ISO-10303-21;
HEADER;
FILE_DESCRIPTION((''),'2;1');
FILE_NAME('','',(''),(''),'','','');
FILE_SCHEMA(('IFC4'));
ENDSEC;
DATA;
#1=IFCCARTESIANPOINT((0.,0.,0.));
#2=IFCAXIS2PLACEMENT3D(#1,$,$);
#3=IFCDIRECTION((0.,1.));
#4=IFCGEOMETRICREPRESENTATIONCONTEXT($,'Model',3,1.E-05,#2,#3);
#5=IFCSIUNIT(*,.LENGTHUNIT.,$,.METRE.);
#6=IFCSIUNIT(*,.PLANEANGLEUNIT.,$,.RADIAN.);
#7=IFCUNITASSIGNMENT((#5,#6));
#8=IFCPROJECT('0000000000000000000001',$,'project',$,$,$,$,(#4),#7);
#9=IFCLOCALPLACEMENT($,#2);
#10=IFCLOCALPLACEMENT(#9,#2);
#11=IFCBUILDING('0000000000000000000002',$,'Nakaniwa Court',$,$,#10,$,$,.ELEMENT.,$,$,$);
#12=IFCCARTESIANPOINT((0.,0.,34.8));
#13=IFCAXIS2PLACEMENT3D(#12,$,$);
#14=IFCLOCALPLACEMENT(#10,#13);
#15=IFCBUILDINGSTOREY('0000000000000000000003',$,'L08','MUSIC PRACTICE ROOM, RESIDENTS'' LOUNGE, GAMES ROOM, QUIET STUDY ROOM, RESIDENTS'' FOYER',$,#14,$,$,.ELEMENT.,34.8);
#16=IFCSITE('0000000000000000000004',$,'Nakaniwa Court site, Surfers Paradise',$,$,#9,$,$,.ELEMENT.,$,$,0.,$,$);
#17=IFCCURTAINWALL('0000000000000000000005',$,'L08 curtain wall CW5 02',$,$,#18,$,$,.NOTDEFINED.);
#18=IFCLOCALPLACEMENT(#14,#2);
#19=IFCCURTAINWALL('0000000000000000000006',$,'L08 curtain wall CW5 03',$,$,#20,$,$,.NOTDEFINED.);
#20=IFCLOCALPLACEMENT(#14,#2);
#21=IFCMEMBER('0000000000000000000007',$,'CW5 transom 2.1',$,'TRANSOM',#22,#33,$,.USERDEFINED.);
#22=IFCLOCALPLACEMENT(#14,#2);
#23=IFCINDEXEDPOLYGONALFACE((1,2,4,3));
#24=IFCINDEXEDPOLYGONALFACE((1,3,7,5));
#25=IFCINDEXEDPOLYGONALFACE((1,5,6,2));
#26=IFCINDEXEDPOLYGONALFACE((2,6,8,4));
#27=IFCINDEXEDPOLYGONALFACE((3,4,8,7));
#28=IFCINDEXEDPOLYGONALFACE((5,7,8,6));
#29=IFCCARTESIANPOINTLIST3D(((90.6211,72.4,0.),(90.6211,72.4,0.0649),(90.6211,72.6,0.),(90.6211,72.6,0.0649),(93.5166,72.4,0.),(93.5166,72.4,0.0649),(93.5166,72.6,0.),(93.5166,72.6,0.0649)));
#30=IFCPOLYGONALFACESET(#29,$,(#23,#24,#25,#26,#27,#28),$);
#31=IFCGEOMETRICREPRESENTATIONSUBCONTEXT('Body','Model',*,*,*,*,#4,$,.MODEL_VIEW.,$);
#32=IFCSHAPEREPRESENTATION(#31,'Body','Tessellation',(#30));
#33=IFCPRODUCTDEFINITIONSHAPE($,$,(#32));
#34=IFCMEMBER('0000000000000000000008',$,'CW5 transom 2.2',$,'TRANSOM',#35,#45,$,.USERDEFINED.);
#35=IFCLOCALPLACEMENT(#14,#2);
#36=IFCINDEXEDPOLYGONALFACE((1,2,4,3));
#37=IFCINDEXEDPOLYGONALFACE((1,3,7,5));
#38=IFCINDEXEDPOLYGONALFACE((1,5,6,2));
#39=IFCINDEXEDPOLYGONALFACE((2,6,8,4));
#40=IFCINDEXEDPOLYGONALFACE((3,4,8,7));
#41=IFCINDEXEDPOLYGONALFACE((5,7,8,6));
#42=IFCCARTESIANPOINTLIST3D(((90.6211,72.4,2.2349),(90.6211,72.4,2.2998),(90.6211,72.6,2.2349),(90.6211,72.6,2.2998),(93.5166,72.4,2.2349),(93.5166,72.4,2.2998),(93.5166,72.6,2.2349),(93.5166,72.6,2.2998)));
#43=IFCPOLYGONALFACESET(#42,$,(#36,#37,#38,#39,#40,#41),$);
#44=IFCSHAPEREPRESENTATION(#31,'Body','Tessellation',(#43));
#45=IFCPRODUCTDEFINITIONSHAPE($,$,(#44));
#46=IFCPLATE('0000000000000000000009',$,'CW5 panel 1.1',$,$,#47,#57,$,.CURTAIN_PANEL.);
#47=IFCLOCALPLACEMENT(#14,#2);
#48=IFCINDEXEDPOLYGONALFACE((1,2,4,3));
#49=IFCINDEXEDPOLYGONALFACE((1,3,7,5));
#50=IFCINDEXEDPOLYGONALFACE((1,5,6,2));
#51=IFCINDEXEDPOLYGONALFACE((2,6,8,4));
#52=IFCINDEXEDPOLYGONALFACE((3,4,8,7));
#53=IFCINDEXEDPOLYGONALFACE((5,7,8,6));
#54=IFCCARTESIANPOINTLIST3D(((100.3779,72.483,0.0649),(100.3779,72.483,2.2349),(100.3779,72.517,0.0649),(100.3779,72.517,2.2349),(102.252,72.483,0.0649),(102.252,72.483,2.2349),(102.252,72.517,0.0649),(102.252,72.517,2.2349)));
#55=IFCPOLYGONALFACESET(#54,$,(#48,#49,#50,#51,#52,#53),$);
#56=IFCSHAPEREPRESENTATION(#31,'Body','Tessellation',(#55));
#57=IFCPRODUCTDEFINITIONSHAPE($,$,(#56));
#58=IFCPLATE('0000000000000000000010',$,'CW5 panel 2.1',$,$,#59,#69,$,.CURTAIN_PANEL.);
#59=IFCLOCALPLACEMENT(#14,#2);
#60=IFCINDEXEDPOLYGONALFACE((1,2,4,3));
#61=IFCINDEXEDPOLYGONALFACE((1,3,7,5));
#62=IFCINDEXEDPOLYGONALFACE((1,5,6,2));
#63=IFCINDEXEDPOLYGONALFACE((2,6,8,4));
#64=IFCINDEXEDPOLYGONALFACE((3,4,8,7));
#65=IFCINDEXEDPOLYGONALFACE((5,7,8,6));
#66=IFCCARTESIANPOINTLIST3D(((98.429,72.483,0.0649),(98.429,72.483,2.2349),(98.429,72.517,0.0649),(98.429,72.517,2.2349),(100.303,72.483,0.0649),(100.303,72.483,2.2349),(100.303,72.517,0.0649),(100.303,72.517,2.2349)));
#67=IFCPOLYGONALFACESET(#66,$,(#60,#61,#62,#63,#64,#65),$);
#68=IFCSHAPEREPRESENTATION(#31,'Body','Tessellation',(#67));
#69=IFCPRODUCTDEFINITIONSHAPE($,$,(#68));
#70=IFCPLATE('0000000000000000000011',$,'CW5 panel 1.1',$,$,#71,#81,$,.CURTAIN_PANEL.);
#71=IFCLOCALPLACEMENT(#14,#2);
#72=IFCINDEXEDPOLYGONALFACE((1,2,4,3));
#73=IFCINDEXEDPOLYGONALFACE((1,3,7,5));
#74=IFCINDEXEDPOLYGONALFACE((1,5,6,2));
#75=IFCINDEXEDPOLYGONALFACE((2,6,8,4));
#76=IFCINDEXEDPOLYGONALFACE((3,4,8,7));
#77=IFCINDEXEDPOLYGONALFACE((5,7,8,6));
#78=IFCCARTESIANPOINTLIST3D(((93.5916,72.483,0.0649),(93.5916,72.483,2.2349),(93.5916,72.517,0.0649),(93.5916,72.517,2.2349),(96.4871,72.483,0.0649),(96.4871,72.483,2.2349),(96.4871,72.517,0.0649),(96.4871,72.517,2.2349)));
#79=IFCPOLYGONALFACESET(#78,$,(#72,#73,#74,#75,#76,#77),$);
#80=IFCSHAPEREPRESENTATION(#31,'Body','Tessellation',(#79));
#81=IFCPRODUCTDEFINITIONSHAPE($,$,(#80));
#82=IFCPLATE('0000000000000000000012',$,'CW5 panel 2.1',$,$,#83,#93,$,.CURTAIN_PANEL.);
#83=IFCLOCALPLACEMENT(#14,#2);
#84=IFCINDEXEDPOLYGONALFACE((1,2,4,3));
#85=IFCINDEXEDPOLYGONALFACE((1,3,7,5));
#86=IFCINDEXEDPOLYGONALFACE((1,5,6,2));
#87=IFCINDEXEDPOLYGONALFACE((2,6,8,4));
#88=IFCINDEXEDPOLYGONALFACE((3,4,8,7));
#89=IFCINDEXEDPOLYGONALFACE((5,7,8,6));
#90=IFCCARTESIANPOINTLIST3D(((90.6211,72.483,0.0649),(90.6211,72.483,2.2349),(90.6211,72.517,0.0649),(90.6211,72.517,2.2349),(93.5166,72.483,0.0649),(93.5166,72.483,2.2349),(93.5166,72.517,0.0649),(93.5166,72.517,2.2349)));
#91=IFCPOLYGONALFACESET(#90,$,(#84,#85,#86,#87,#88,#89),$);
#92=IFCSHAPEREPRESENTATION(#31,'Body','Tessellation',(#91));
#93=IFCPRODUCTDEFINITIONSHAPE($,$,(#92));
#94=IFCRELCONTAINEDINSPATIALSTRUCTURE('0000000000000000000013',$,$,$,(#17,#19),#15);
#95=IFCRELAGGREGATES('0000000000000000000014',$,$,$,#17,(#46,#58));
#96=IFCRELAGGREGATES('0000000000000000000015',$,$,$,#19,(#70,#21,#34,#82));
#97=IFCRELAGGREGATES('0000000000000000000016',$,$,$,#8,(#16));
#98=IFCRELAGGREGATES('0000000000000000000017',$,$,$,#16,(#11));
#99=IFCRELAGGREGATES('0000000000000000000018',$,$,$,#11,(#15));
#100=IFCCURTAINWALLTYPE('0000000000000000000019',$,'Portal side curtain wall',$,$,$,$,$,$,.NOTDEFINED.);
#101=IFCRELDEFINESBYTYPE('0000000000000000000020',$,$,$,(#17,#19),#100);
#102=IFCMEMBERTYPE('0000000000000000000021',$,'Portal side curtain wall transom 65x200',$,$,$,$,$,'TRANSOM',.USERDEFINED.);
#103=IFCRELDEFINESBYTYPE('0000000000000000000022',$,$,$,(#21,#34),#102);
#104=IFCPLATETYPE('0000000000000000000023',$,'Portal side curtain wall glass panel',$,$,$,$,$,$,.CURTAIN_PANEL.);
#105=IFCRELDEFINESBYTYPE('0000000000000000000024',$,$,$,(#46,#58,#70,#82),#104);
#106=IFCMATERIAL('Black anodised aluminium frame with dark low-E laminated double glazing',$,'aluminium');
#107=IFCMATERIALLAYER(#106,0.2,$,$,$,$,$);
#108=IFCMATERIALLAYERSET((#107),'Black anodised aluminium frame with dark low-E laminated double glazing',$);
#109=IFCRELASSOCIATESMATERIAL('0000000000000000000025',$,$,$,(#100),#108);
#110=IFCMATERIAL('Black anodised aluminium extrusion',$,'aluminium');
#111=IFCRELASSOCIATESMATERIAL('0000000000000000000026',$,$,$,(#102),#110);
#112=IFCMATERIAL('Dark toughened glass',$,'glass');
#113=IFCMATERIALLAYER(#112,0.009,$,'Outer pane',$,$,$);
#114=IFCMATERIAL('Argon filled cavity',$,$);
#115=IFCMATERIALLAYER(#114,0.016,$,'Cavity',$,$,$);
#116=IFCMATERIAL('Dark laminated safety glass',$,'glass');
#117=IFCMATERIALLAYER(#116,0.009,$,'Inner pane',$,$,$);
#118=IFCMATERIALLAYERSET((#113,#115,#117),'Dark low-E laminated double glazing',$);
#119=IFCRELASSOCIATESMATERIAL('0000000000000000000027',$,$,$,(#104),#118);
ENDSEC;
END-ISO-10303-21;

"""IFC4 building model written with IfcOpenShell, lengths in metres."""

from ifc_helpers import new_model, si_unit, direction, frame, origin, origin_2d, place, context, subcontext, project, spatial, rectangle, extrude, material, layer, layer_set, material_profile, profile_set, type_object, element, aggregate, save


model = new_model("IFC4")

# Units and contexts
model_context = context("Model", 3, precision=1e-05, world=origin(), true_north=direction((0.0, 1.0)))
body_context = subcontext(model_context, "Body", "Model", "MODEL_VIEW")
ifc_project = project(units=[si_unit("LENGTHUNIT", "METRE"), si_unit("PLANEANGLEUNIT", "RADIAN")], contexts=[model_context])

# Site, building, storey
site_placement = place(None, origin())
site = spatial("IfcSite", under=ifc_project, at=site_placement, Name="Nakaniwa Court site, Surfers Paradise", CompositionType="ELEMENT", RefElevation=0.0)
building_placement = place(site_placement, origin())
building = spatial("IfcBuilding", under=site, at=building_placement, Name="Nakaniwa Court", CompositionType="ELEMENT")
storey_placement = place(building_placement, frame((0.0, 0.0, 34.8)))
storey = spatial("IfcBuildingStorey", under=building, at=storey_placement, Name="L08", Description="MUSIC PRACTICE ROOM, RESIDENTS' LOUNGE, GAMES ROOM, QUIET STUDY ROOM, RESIDENTS' FOYER", CompositionType="ELEMENT", Elevation=34.8)

# Curtain walls
ifc_material_1 = material(Name="Black anodised aluminium frame with dark low-E laminated double glazing", Category="aluminium")
ifc_layer_1 = layer(ifc_material_1, 0.2)
ifc_layer_set_1 = layer_set([ifc_layer_1], Name="Black anodised aluminium frame with dark low-E laminated double glazing")
curtain_wall_type = type_object("IfcCurtainWallType", Name="Portal side curtain wall", PredefinedType="NOTDEFINED", material=ifc_layer_set_1)
curtain_wall_1_placement = place(storey_placement, origin())
curtain_wall_1 = element("IfcCurtainWall", 1, at=curtain_wall_1_placement, inside=storey, type_object=curtain_wall_type, Name="L08 curtain wall CW5 02", PredefinedType="NOTDEFINED")
ifc_material_2 = material(Name="Black anodised aluminium extrusion", Category="aluminium")
curtain_wall_2_placement = place(storey_placement, origin())
curtain_wall_2 = element("IfcCurtainWall", 2, at=curtain_wall_2_placement, inside=storey, type_object=curtain_wall_type, Name="L08 curtain wall CW5 03", PredefinedType="NOTDEFINED")

# Members
ifc_material_profile_1 = material_profile(ifc_material_2, rectangle(XDim=0.2, YDim=0.0649, at=origin_2d()), Name="Portal side curtain wall transom 65x200")
ifc_profile_set_1 = profile_set([ifc_material_profile_1], Name="Black anodised aluminium extrusion")
member_type_1 = type_object("IfcMemberType", Name="Portal side curtain wall transom 65x200", ElementType="TRANSOM", PredefinedType="USERDEFINED", material=ifc_profile_set_1)
member_1_placement = place(storey_placement, frame((93.5166, 72.5, 0.0325), z_axis=(-1.0, 0.0, 0.0), x_axis=(0.0, -1.0, 0.0)))
member_1 = element("IfcMember", 3, at=member_1_placement, type_object=member_type_1, Name="CW5 transom 2.1", ObjectType="TRANSOM", PredefinedType="USERDEFINED", context=body_context, shape_type="SweptSolid", body=[
    extrude(rectangle(XDim=0.2, YDim=0.0649, at=origin_2d()), origin(), (0.0, 0.0, 1.0), 2.8955),
])
member_2_placement = place(storey_placement, frame((93.5166, 72.5, 2.2673), z_axis=(-1.0, 0.0, 0.0), x_axis=(0.0, -1.0, 0.0)))
member_2 = element("IfcMember", 4, at=member_2_placement, type_object=member_type_1, Name="CW5 transom 2.2", ObjectType="TRANSOM", PredefinedType="USERDEFINED", context=body_context, shape_type="SweptSolid", body=[
    extrude(rectangle(XDim=0.2, YDim=0.0649, at=origin_2d()), origin(), (0.0, 0.0, 1.0), 2.8955),
])

# Plates
ifc_material_3 = material(Name="Dark toughened glass", Category="glass")
ifc_layer_2 = layer(ifc_material_3, 0.009, Name="Outer pane")
ifc_material_4 = material(Name="Argon filled cavity")
ifc_layer_3 = layer(ifc_material_4, 0.016, Name="Cavity")
ifc_material_5 = material(Name="Dark laminated safety glass", Category="glass")
ifc_layer_4 = layer(ifc_material_5, 0.009, Name="Inner pane")
ifc_layer_set_2 = layer_set([ifc_layer_2, ifc_layer_3, ifc_layer_4], Name="Dark low-E laminated double glazing")
plate_type = type_object("IfcPlateType", Name="Portal side curtain wall glass panel", PredefinedType="CURTAIN_PANEL", material=ifc_layer_set_2)
plate_1_placement = place(storey_placement, frame((101.3149, 72.5, 0.0649), z_axis=(0.0, 0.0, 1.0), x_axis=(-1.0, 0.0, 0.0)))
plate_1 = element("IfcPlate", 5, at=plate_1_placement, type_object=plate_type, Name="CW5 panel 1.1", PredefinedType="CURTAIN_PANEL", context=body_context, shape_type="SweptSolid", body=[
    extrude(rectangle(XDim=1.874, YDim=0.0339, at=origin_2d()), origin(), (0.0, 0.0, 1.0), 2.1699),
])
plate_2_placement = place(storey_placement, frame((99.366, 72.5, 0.0649), z_axis=(0.0, 0.0, 1.0), x_axis=(-1.0, 0.0, 0.0)))
plate_2 = element("IfcPlate", 6, at=plate_2_placement, type_object=plate_type, Name="CW5 panel 2.1", PredefinedType="CURTAIN_PANEL", context=body_context, shape_type="SweptSolid", body=[
    extrude(rectangle(XDim=1.874, YDim=0.0339, at=origin_2d()), origin(), (0.0, 0.0, 1.0), 2.1699),
])
aggregate(curtain_wall_1, [plate_1, plate_2])
plate_3_placement = place(storey_placement, frame((95.0393, 72.5, 0.0649), z_axis=(0.0, 0.0, 1.0), x_axis=(-1.0, 0.0, 0.0)))
plate_3 = element("IfcPlate", 7, at=plate_3_placement, type_object=plate_type, Name="CW5 panel 1.1", PredefinedType="CURTAIN_PANEL", context=body_context, shape_type="SweptSolid", body=[
    extrude(rectangle(XDim=2.8955, YDim=0.0339, at=origin_2d()), origin(), (0.0, 0.0, 1.0), 2.1699),
])
plate_4_placement = place(storey_placement, frame((92.0688, 72.5, 0.0649), z_axis=(0.0, 0.0, 1.0), x_axis=(-1.0, 0.0, 0.0)))
plate_4 = element("IfcPlate", 8, at=plate_4_placement, type_object=plate_type, Name="CW5 panel 2.1", PredefinedType="CURTAIN_PANEL", context=body_context, shape_type="SweptSolid", body=[
    extrude(rectangle(XDim=2.8955, YDim=0.0339, at=origin_2d()), origin(), (0.0, 0.0, 1.0), 2.1699),
])
aggregate(curtain_wall_2, [plate_3, member_1, member_2, plate_4])

save(model, "model.ifc")
